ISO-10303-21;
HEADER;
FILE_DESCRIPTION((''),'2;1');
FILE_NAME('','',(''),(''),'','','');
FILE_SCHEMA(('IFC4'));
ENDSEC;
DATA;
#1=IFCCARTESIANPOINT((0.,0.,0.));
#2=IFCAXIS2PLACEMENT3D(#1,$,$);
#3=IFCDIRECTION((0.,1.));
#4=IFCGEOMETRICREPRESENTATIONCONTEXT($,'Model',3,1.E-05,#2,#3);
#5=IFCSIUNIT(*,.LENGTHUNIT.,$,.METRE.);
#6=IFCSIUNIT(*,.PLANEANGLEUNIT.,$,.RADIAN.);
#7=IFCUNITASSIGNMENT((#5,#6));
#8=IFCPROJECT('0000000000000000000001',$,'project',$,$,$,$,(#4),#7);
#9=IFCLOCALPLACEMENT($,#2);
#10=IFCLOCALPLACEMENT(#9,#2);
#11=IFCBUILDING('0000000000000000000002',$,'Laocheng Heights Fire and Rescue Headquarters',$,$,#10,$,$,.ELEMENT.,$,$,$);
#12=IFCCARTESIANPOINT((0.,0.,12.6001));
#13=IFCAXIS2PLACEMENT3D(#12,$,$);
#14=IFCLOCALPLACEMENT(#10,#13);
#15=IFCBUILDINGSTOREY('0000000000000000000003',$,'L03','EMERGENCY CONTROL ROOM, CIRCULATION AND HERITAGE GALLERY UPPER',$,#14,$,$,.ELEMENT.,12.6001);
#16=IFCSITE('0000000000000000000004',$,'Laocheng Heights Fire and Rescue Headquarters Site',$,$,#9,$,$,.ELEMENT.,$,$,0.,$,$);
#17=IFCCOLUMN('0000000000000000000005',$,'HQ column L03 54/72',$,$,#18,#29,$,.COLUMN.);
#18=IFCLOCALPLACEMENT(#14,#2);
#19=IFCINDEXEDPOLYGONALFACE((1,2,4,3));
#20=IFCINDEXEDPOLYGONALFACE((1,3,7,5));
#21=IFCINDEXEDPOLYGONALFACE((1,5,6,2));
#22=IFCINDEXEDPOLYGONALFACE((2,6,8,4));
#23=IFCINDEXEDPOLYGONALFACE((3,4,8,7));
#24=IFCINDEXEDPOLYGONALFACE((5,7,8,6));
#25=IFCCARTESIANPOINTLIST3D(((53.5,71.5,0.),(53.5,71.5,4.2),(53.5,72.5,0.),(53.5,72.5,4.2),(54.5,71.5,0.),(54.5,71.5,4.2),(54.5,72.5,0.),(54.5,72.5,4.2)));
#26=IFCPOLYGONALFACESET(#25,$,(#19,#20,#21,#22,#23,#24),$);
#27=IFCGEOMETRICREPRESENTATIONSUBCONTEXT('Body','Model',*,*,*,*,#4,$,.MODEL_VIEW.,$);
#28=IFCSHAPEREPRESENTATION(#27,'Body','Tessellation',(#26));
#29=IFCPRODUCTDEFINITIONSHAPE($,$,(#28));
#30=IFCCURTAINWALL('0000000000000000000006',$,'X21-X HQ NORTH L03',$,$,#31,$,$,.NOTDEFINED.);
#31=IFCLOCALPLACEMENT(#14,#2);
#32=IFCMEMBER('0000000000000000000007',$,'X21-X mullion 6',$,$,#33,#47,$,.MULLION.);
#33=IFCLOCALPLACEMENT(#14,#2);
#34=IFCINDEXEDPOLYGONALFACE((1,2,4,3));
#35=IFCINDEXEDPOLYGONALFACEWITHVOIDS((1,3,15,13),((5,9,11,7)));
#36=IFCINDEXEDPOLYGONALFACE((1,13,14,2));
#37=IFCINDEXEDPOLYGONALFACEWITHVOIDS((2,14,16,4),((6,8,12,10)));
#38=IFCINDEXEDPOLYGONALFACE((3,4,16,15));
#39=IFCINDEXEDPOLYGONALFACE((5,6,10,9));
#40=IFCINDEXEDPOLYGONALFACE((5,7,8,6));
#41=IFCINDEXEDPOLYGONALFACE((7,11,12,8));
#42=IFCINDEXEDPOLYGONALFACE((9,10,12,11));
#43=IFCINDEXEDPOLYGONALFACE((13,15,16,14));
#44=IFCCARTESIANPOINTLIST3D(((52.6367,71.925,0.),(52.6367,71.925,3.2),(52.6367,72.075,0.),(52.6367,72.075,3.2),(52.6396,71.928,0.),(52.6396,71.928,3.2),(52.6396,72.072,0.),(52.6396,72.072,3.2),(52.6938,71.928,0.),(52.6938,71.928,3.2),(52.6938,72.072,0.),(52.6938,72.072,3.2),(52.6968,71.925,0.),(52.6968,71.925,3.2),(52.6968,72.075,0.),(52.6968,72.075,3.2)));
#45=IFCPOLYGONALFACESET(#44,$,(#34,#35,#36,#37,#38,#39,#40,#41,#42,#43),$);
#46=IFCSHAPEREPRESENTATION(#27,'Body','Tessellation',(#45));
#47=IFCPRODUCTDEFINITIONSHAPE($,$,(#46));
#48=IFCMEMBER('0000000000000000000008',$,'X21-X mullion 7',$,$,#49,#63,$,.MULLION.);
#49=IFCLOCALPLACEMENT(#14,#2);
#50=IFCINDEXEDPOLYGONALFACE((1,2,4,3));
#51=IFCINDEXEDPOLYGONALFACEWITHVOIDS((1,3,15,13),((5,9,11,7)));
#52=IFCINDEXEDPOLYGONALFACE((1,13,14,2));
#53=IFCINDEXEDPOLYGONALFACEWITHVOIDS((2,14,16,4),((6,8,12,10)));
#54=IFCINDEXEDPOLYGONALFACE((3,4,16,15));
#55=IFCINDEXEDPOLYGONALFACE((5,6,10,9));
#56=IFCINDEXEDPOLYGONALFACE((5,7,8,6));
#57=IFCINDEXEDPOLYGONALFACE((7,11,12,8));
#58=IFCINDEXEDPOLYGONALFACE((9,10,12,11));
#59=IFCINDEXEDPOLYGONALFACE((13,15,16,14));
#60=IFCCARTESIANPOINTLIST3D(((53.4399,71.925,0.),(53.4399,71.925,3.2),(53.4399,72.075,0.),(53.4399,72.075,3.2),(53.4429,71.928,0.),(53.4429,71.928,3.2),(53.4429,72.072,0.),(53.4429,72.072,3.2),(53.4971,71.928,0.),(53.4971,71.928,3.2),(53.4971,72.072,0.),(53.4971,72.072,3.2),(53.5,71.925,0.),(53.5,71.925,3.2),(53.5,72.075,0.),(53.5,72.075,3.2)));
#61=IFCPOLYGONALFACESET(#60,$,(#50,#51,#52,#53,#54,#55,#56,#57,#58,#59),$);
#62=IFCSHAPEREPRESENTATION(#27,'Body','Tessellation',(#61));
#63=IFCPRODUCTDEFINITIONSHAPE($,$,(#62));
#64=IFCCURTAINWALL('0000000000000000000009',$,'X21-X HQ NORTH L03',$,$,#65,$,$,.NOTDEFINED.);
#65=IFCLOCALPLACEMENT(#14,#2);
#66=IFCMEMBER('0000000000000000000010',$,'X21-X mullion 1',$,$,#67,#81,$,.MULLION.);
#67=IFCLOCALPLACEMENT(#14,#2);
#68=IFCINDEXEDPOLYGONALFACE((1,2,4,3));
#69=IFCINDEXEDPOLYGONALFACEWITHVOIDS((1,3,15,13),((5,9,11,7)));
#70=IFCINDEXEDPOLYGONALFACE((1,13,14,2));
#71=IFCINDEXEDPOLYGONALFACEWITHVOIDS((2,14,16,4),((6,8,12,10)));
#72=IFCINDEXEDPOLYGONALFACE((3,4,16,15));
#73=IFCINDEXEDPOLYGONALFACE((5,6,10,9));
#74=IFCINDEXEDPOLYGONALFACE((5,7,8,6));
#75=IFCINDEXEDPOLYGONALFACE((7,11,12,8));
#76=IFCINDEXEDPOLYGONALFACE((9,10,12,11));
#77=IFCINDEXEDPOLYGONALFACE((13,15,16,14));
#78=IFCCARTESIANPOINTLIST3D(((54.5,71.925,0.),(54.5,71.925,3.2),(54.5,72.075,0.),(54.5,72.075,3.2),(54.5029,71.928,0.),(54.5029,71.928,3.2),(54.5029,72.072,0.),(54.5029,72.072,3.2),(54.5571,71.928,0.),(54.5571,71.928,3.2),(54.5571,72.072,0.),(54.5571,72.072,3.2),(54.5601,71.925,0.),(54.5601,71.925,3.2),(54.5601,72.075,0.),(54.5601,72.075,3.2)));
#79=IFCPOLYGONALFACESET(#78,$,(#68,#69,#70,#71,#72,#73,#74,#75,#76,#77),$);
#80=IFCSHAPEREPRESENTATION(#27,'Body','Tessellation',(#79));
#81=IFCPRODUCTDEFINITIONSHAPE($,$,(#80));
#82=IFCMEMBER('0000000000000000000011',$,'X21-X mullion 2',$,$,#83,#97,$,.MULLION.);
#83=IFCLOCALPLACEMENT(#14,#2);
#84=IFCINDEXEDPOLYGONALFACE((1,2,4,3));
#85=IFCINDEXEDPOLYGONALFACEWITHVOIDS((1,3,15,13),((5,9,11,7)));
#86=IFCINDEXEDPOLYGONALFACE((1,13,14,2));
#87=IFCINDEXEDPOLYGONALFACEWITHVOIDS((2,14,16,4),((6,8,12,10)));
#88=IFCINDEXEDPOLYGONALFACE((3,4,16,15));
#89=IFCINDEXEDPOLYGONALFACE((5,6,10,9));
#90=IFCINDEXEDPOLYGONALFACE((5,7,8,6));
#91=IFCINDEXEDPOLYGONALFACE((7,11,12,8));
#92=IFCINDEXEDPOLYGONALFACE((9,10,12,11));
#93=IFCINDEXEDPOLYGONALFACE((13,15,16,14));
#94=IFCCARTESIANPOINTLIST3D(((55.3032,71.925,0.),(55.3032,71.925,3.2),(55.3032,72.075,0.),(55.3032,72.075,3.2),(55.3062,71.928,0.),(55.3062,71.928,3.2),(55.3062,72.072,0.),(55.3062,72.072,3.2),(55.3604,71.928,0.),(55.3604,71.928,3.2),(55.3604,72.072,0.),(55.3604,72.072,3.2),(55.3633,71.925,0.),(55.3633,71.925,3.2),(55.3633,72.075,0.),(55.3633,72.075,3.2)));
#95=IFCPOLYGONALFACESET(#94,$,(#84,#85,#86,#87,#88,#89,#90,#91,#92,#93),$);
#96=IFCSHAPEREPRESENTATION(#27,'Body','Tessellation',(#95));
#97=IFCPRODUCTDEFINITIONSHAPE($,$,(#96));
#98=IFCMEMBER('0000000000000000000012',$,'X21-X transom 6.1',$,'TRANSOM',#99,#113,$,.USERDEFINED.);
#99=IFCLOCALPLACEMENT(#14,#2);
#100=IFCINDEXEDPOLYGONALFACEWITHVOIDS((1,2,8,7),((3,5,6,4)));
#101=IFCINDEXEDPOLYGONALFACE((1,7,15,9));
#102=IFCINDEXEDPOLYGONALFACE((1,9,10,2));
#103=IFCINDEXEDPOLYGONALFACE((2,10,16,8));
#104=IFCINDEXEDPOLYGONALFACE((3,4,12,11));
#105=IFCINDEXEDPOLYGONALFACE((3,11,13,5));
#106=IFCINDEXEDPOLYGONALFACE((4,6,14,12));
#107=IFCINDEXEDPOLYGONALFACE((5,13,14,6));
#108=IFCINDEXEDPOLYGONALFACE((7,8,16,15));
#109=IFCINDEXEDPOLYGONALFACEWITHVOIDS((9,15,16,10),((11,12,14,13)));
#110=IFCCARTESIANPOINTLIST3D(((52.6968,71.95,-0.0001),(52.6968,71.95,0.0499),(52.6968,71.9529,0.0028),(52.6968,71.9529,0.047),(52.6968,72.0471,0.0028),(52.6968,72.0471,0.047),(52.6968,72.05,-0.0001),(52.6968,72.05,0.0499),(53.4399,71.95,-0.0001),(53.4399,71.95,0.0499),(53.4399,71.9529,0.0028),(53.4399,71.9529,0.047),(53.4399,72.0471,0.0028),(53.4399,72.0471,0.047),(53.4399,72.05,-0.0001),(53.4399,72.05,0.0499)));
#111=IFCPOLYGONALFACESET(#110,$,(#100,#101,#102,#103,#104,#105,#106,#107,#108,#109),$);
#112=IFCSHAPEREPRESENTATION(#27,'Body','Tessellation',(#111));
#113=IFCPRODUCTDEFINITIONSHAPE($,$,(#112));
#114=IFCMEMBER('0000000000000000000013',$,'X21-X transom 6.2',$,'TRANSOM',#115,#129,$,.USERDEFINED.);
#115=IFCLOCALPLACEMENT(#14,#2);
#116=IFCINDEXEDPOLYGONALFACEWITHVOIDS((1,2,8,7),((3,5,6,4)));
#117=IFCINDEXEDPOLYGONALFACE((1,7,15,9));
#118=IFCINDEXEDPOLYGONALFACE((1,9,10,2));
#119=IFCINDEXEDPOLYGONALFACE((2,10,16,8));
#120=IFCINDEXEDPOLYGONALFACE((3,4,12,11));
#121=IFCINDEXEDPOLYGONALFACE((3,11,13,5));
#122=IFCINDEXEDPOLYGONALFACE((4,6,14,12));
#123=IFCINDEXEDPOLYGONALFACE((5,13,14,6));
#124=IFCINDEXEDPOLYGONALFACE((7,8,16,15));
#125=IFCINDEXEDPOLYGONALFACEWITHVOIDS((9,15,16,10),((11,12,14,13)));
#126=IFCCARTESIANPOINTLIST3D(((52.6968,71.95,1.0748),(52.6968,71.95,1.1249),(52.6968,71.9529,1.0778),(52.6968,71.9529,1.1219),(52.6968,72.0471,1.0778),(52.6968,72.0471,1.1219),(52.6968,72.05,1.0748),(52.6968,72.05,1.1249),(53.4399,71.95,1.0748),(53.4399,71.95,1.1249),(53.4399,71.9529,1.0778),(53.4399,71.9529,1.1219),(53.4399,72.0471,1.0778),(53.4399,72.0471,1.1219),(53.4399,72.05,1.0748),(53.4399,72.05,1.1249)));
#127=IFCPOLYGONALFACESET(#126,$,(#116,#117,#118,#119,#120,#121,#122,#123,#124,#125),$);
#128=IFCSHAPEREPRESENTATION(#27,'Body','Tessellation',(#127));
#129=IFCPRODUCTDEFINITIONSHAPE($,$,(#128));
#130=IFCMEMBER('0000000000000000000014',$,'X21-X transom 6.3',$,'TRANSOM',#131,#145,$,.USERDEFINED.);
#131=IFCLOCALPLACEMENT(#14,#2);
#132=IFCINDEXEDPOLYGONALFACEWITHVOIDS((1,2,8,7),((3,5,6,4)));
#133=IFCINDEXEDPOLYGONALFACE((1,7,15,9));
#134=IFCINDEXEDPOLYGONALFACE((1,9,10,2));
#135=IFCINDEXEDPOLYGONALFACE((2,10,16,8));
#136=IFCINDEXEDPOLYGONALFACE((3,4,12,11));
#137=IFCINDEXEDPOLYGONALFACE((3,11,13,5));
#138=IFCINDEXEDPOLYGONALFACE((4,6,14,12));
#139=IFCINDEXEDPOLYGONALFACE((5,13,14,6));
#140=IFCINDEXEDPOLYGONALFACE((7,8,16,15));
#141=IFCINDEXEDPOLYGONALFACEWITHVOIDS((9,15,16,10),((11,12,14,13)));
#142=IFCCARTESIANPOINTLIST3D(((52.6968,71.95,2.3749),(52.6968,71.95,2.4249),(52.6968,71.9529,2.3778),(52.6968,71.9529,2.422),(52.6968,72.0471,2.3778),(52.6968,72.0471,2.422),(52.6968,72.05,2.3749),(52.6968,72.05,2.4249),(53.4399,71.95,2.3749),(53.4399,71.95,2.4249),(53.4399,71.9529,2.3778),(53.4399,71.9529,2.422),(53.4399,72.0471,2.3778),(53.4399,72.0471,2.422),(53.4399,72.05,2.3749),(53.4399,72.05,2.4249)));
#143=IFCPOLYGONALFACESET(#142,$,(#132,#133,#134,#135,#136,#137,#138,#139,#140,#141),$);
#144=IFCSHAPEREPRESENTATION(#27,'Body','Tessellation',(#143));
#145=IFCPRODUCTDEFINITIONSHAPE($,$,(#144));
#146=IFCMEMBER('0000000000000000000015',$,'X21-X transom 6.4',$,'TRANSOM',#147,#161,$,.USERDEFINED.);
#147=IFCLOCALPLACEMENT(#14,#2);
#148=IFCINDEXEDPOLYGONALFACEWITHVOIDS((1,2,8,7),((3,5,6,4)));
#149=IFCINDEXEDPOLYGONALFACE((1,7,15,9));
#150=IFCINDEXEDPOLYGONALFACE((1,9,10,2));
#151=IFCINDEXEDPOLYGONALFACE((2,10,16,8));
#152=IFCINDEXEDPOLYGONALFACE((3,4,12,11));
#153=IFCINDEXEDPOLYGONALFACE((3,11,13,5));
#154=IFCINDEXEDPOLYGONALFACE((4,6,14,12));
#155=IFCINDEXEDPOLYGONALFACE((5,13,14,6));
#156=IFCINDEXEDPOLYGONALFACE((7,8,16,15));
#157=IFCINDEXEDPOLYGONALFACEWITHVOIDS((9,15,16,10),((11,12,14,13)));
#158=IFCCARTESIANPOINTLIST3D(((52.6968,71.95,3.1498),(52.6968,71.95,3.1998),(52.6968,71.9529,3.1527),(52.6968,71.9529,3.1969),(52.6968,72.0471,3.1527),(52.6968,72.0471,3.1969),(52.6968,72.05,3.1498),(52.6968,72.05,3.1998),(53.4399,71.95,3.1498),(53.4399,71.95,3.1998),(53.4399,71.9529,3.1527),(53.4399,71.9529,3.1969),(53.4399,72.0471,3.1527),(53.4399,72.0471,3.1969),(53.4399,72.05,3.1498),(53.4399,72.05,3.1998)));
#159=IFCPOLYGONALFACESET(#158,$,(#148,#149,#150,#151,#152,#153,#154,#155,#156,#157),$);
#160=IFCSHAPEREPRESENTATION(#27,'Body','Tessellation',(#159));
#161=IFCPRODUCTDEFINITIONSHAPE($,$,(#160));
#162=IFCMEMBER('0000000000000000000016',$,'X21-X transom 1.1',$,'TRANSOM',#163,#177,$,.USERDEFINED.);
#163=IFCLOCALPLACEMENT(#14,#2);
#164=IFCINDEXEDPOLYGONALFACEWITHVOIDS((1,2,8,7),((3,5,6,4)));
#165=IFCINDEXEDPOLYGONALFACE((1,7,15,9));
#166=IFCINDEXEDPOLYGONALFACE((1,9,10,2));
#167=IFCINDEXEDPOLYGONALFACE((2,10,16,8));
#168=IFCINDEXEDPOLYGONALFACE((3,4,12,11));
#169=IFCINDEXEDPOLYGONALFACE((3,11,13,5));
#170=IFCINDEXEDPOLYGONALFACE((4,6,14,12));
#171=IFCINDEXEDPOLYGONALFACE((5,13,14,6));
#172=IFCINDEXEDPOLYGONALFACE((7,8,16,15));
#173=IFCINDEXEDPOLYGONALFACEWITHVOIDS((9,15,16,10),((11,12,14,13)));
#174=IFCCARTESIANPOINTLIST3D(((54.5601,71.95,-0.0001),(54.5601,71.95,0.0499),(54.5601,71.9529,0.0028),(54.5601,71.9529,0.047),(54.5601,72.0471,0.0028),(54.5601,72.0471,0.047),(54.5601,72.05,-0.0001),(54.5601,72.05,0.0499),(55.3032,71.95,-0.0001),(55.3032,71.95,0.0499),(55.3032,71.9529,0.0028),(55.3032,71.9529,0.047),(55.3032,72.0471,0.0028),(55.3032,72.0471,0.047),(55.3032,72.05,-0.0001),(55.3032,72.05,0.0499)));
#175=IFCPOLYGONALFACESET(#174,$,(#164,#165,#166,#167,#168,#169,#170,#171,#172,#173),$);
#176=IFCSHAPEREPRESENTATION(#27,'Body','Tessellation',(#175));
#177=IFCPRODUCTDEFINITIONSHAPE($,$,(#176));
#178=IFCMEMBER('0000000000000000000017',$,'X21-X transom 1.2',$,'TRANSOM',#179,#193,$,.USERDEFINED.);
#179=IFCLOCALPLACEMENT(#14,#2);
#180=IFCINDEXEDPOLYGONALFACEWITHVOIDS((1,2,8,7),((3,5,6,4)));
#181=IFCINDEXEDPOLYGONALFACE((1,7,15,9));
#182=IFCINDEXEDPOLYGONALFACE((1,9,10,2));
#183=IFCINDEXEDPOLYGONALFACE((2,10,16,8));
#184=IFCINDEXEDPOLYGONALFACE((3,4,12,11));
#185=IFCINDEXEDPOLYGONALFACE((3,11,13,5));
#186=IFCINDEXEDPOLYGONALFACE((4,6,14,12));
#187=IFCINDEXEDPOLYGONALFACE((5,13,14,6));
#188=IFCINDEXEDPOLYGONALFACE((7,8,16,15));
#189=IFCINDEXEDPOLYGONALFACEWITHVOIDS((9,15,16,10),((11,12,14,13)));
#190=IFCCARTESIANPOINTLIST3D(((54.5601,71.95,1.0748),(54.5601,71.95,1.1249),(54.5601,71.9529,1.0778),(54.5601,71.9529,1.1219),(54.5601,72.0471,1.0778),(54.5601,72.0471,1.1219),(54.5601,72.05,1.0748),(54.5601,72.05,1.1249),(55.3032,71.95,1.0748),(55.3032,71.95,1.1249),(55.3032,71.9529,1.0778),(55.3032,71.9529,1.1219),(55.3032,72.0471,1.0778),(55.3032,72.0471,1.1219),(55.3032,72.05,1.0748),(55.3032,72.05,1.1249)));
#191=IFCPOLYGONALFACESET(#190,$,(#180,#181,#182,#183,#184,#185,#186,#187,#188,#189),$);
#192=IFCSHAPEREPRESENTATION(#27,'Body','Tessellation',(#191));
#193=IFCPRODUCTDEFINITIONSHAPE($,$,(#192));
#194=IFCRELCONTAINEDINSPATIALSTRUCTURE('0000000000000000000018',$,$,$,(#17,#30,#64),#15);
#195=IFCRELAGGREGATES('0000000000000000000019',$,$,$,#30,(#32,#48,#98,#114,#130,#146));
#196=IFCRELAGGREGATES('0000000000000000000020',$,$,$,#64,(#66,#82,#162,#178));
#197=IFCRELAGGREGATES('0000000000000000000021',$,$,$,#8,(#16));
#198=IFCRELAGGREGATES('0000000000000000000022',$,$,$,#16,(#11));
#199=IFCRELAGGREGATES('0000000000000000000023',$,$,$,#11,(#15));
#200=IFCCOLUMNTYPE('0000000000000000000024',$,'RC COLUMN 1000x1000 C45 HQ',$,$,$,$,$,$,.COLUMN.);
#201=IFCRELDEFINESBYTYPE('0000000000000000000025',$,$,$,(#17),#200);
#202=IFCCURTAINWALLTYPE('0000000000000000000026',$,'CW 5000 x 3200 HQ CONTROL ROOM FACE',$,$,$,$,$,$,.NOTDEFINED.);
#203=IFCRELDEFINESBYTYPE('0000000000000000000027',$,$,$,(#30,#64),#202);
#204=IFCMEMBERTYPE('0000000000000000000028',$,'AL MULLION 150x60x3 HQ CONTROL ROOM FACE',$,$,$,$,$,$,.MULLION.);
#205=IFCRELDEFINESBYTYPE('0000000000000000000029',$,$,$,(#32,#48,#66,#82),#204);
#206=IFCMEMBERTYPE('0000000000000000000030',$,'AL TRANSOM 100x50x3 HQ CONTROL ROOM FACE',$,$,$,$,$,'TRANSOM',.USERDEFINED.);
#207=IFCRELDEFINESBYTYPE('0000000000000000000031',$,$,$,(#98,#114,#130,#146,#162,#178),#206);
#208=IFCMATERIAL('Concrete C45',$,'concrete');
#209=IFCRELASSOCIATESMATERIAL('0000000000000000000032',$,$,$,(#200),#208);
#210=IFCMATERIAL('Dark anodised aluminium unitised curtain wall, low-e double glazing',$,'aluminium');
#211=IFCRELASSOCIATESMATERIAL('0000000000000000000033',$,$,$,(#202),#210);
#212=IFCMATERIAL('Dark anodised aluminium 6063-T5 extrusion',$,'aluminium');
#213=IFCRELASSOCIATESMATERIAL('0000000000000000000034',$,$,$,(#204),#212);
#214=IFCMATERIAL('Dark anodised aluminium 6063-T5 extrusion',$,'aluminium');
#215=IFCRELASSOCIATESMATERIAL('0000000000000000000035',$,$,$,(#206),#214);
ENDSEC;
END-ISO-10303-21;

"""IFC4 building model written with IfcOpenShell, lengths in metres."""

from ifc_helpers import new_model, si_unit, direction, frame, origin, origin_2d, place, context, subcontext, project, spatial, rectangle, hollow_rectangle, extrude, material, material_profile, profile_set, type_object, element, aggregate, save


model = new_model("IFC4")

# Units and contexts
model_context = context("Model", 3, precision=1e-05, world=origin(), true_north=direction((0.0, 1.0)))
body_context = subcontext(model_context, "Body", "Model", "MODEL_VIEW")
ifc_project = project(units=[si_unit("LENGTHUNIT", "METRE"), si_unit("PLANEANGLEUNIT", "RADIAN")], contexts=[model_context])

# Site, building, storey
site_placement = place(None, origin())
site = spatial("IfcSite", under=ifc_project, at=site_placement, Name="Laocheng Heights Fire and Rescue Headquarters Site", CompositionType="ELEMENT", RefElevation=0.0)
building_placement = place(site_placement, origin())
building = spatial("IfcBuilding", under=site, at=building_placement, Name="Laocheng Heights Fire and Rescue Headquarters", CompositionType="ELEMENT")
storey_placement = place(building_placement, frame((0.0, 0.0, 12.6001)))
storey = spatial("IfcBuildingStorey", under=building, at=storey_placement, Name="L03", Description="EMERGENCY CONTROL ROOM, CIRCULATION AND HERITAGE GALLERY UPPER", CompositionType="ELEMENT", Elevation=12.6001)

# Column
ifc_material_1 = material(Name="Concrete C45", Category="concrete")
ifc_material_profile_1 = material_profile(ifc_material_1, rectangle(XDim=1.0, YDim=1.0, at=origin_2d()), Name="RC COLUMN 1000x1000 C45 HQ")
ifc_profile_set_1 = profile_set([ifc_material_profile_1], Name="Concrete C45")
column_type = type_object("IfcColumnType", Name="RC COLUMN 1000x1000 C45 HQ", PredefinedType="COLUMN", material=ifc_profile_set_1)
column_placement = place(storey_placement, frame((54.0, 72.0, 0.0), z_axis=(0.0, 0.0, 1.0), x_axis=(1.0, 0.0, 0.0)))
element("IfcColumn", 1, at=column_placement, inside=storey, type_object=column_type, Name="HQ column L03 54/72", PredefinedType="COLUMN", context=body_context, shape_type="SweptSolid", body=[
    extrude(rectangle(XDim=1.0, YDim=1.0, at=origin_2d()), origin(), (0.0, 0.0, 1.0), 4.2),
])

# Curtain walls, members
ifc_material_2 = material(Name="Dark anodised aluminium unitised curtain wall, low-e double glazing", Category="aluminium")
curtain_wall_type = type_object("IfcCurtainWallType", Name="CW 5000 x 3200 HQ CONTROL ROOM FACE", PredefinedType="NOTDEFINED", material=ifc_material_2)
curtain_wall_1_placement = place(storey_placement, origin())
curtain_wall_1 = element("IfcCurtainWall", 2, at=curtain_wall_1_placement, inside=storey, type_object=curtain_wall_type, Name="X21-X HQ NORTH L03", PredefinedType="NOTDEFINED")
ifc_material_3 = material(Name="Dark anodised aluminium 6063-T5 extrusion", Category="aluminium")
ifc_material_profile_2 = material_profile(ifc_material_3, hollow_rectangle(XDim=0.1499, YDim=0.0601, WallThickness=0.0029, at=origin_2d()), Name="AL MULLION 150x60x3 HQ CONTROL ROOM FACE")
ifc_profile_set_2 = profile_set([ifc_material_profile_2], Name="Dark anodised aluminium 6063-T5 extrusion")
member_type_1 = type_object("IfcMemberType", Name="AL MULLION 150x60x3 HQ CONTROL ROOM FACE", PredefinedType="MULLION", material=ifc_profile_set_2)
member_1_placement = place(storey_placement, frame((52.6667, 72.0, 0.0), z_axis=(0.0, 0.0, 1.0), x_axis=(0.0, 1.0, 0.0)))
member_1 = element("IfcMember", 3, at=member_1_placement, type_object=member_type_1, Name="X21-X mullion 6", PredefinedType="MULLION", context=body_context, shape_type="SweptSolid", body=[
    extrude(hollow_rectangle(XDim=0.1499, YDim=0.0601, WallThickness=0.0029, at=origin_2d()), origin(), (0.0, 0.0, 1.0), 3.2),
])
member_2_placement = place(storey_placement, frame((53.47, 72.0, 0.0), z_axis=(0.0, 0.0, 1.0), x_axis=(0.0, 1.0, 0.0)))
member_2 = element("IfcMember", 4, at=member_2_placement, type_object=member_type_1, Name="X21-X mullion 7", PredefinedType="MULLION", context=body_context, shape_type="SweptSolid", body=[
    extrude(hollow_rectangle(XDim=0.1499, YDim=0.0601, WallThickness=0.0029, at=origin_2d()), origin(), (0.0, 0.0, 1.0), 3.2),
])
curtain_wall_2_placement = place(storey_placement, origin())
curtain_wall_2 = element("IfcCurtainWall", 5, at=curtain_wall_2_placement, inside=storey, type_object=curtain_wall_type, Name="X21-X HQ NORTH L03", PredefinedType="NOTDEFINED")
member_3_placement = place(storey_placement, frame((54.53, 72.0, 0.0), z_axis=(0.0, 0.0, 1.0), x_axis=(0.0, 1.0, 0.0)))
member_3 = element("IfcMember", 6, at=member_3_placement, type_object=member_type_1, Name="X21-X mullion 1", PredefinedType="MULLION", context=body_context, shape_type="SweptSolid", body=[
    extrude(hollow_rectangle(XDim=0.1499, YDim=0.0601, WallThickness=0.0029, at=origin_2d()), origin(), (0.0, 0.0, 1.0), 3.2),
])
member_4_placement = place(storey_placement, frame((55.3333, 72.0, 0.0), z_axis=(0.0, 0.0, 1.0), x_axis=(0.0, 1.0, 0.0)))
member_4 = element("IfcMember", 7, at=member_4_placement, type_object=member_type_1, Name="X21-X mullion 2", PredefinedType="MULLION", context=body_context, shape_type="SweptSolid", body=[
    extrude(hollow_rectangle(XDim=0.1499, YDim=0.0601, WallThickness=0.0029, at=origin_2d()), origin(), (0.0, 0.0, 1.0), 3.2),
])

# Members
ifc_material_4 = material(Name="Dark anodised aluminium 6063-T5 extrusion", Category="aluminium")
ifc_material_profile_3 = material_profile(ifc_material_4, hollow_rectangle(XDim=0.1001, YDim=0.05, WallThickness=0.0029, at=origin_2d()), Name="AL TRANSOM 100x50x3 HQ CONTROL ROOM FACE")
ifc_profile_set_3 = profile_set([ifc_material_profile_3], Name="Dark anodised aluminium 6063-T5 extrusion")
member_type_2 = type_object("IfcMemberType", Name="AL TRANSOM 100x50x3 HQ CONTROL ROOM FACE", ElementType="TRANSOM", PredefinedType="USERDEFINED", material=ifc_profile_set_3)
member_5_placement = place(storey_placement, frame((52.6968, 72.0, 0.0249), z_axis=(1.0, 0.0, 0.0), x_axis=(0.0, 1.0, 0.0)))
member_5 = element("IfcMember", 8, at=member_5_placement, type_object=member_type_2, Name="X21-X transom 6.1", ObjectType="TRANSOM", PredefinedType="USERDEFINED", context=body_context, shape_type="SweptSolid", body=[
    extrude(hollow_rectangle(XDim=0.1001, YDim=0.05, WallThickness=0.0029, at=origin_2d()), origin(), (0.0, 0.0, 1.0), 0.7432),
])
member_6_placement = place(storey_placement, frame((52.6968, 72.0, 1.0999), z_axis=(1.0, 0.0, 0.0), x_axis=(0.0, 1.0, 0.0)))
member_6 = element("IfcMember", 9, at=member_6_placement, type_object=member_type_2, Name="X21-X transom 6.2", ObjectType="TRANSOM", PredefinedType="USERDEFINED", context=body_context, shape_type="SweptSolid", body=[
    extrude(hollow_rectangle(XDim=0.1001, YDim=0.05, WallThickness=0.0029, at=origin_2d()), origin(), (0.0, 0.0, 1.0), 0.7432),
])
member_7_placement = place(storey_placement, frame((52.6968, 72.0, 2.3999), z_axis=(1.0, 0.0, 0.0), x_axis=(0.0, 1.0, 0.0)))
member_7 = element("IfcMember", 10, at=member_7_placement, type_object=member_type_2, Name="X21-X transom 6.3", ObjectType="TRANSOM", PredefinedType="USERDEFINED", context=body_context, shape_type="SweptSolid", body=[
    extrude(hollow_rectangle(XDim=0.1001, YDim=0.05, WallThickness=0.0029, at=origin_2d()), origin(), (0.0, 0.0, 1.0), 0.7432),
])
member_8_placement = place(storey_placement, frame((52.6968, 72.0, 3.1748), z_axis=(1.0, 0.0, 0.0), x_axis=(0.0, 1.0, 0.0)))
member_8 = element("IfcMember", 11, at=member_8_placement, type_object=member_type_2, Name="X21-X transom 6.4", ObjectType="TRANSOM", PredefinedType="USERDEFINED", context=body_context, shape_type="SweptSolid", body=[
    extrude(hollow_rectangle(XDim=0.1001, YDim=0.05, WallThickness=0.0029, at=origin_2d()), origin(), (0.0, 0.0, 1.0), 0.7432),
])
member_9_placement = place(storey_placement, frame((54.5601, 72.0, 0.0249), z_axis=(1.0, 0.0, 0.0), x_axis=(0.0, 1.0, 0.0)))
member_9 = element("IfcMember", 12, at=member_9_placement, type_object=member_type_2, Name="X21-X transom 1.1", ObjectType="TRANSOM", PredefinedType="USERDEFINED", context=body_context, shape_type="SweptSolid", body=[
    extrude(hollow_rectangle(XDim=0.1001, YDim=0.05, WallThickness=0.0029, at=origin_2d()), origin(), (0.0, 0.0, 1.0), 0.7432),
])
member_10_placement = place(storey_placement, frame((54.5601, 72.0, 1.0999), z_axis=(1.0, 0.0, 0.0), x_axis=(0.0, 1.0, 0.0)))
member_10 = element("IfcMember", 13, at=member_10_placement, type_object=member_type_2, Name="X21-X transom 1.2", ObjectType="TRANSOM", PredefinedType="USERDEFINED", context=body_context, shape_type="SweptSolid", body=[
    extrude(hollow_rectangle(XDim=0.1001, YDim=0.05, WallThickness=0.0029, at=origin_2d()), origin(), (0.0, 0.0, 1.0), 0.7432),
])

aggregate(curtain_wall_1, [member_1, member_2, member_5, member_6, member_7, member_8])
aggregate(curtain_wall_2, [member_3, member_4, member_9, member_10])

save(model, "model.ifc")
